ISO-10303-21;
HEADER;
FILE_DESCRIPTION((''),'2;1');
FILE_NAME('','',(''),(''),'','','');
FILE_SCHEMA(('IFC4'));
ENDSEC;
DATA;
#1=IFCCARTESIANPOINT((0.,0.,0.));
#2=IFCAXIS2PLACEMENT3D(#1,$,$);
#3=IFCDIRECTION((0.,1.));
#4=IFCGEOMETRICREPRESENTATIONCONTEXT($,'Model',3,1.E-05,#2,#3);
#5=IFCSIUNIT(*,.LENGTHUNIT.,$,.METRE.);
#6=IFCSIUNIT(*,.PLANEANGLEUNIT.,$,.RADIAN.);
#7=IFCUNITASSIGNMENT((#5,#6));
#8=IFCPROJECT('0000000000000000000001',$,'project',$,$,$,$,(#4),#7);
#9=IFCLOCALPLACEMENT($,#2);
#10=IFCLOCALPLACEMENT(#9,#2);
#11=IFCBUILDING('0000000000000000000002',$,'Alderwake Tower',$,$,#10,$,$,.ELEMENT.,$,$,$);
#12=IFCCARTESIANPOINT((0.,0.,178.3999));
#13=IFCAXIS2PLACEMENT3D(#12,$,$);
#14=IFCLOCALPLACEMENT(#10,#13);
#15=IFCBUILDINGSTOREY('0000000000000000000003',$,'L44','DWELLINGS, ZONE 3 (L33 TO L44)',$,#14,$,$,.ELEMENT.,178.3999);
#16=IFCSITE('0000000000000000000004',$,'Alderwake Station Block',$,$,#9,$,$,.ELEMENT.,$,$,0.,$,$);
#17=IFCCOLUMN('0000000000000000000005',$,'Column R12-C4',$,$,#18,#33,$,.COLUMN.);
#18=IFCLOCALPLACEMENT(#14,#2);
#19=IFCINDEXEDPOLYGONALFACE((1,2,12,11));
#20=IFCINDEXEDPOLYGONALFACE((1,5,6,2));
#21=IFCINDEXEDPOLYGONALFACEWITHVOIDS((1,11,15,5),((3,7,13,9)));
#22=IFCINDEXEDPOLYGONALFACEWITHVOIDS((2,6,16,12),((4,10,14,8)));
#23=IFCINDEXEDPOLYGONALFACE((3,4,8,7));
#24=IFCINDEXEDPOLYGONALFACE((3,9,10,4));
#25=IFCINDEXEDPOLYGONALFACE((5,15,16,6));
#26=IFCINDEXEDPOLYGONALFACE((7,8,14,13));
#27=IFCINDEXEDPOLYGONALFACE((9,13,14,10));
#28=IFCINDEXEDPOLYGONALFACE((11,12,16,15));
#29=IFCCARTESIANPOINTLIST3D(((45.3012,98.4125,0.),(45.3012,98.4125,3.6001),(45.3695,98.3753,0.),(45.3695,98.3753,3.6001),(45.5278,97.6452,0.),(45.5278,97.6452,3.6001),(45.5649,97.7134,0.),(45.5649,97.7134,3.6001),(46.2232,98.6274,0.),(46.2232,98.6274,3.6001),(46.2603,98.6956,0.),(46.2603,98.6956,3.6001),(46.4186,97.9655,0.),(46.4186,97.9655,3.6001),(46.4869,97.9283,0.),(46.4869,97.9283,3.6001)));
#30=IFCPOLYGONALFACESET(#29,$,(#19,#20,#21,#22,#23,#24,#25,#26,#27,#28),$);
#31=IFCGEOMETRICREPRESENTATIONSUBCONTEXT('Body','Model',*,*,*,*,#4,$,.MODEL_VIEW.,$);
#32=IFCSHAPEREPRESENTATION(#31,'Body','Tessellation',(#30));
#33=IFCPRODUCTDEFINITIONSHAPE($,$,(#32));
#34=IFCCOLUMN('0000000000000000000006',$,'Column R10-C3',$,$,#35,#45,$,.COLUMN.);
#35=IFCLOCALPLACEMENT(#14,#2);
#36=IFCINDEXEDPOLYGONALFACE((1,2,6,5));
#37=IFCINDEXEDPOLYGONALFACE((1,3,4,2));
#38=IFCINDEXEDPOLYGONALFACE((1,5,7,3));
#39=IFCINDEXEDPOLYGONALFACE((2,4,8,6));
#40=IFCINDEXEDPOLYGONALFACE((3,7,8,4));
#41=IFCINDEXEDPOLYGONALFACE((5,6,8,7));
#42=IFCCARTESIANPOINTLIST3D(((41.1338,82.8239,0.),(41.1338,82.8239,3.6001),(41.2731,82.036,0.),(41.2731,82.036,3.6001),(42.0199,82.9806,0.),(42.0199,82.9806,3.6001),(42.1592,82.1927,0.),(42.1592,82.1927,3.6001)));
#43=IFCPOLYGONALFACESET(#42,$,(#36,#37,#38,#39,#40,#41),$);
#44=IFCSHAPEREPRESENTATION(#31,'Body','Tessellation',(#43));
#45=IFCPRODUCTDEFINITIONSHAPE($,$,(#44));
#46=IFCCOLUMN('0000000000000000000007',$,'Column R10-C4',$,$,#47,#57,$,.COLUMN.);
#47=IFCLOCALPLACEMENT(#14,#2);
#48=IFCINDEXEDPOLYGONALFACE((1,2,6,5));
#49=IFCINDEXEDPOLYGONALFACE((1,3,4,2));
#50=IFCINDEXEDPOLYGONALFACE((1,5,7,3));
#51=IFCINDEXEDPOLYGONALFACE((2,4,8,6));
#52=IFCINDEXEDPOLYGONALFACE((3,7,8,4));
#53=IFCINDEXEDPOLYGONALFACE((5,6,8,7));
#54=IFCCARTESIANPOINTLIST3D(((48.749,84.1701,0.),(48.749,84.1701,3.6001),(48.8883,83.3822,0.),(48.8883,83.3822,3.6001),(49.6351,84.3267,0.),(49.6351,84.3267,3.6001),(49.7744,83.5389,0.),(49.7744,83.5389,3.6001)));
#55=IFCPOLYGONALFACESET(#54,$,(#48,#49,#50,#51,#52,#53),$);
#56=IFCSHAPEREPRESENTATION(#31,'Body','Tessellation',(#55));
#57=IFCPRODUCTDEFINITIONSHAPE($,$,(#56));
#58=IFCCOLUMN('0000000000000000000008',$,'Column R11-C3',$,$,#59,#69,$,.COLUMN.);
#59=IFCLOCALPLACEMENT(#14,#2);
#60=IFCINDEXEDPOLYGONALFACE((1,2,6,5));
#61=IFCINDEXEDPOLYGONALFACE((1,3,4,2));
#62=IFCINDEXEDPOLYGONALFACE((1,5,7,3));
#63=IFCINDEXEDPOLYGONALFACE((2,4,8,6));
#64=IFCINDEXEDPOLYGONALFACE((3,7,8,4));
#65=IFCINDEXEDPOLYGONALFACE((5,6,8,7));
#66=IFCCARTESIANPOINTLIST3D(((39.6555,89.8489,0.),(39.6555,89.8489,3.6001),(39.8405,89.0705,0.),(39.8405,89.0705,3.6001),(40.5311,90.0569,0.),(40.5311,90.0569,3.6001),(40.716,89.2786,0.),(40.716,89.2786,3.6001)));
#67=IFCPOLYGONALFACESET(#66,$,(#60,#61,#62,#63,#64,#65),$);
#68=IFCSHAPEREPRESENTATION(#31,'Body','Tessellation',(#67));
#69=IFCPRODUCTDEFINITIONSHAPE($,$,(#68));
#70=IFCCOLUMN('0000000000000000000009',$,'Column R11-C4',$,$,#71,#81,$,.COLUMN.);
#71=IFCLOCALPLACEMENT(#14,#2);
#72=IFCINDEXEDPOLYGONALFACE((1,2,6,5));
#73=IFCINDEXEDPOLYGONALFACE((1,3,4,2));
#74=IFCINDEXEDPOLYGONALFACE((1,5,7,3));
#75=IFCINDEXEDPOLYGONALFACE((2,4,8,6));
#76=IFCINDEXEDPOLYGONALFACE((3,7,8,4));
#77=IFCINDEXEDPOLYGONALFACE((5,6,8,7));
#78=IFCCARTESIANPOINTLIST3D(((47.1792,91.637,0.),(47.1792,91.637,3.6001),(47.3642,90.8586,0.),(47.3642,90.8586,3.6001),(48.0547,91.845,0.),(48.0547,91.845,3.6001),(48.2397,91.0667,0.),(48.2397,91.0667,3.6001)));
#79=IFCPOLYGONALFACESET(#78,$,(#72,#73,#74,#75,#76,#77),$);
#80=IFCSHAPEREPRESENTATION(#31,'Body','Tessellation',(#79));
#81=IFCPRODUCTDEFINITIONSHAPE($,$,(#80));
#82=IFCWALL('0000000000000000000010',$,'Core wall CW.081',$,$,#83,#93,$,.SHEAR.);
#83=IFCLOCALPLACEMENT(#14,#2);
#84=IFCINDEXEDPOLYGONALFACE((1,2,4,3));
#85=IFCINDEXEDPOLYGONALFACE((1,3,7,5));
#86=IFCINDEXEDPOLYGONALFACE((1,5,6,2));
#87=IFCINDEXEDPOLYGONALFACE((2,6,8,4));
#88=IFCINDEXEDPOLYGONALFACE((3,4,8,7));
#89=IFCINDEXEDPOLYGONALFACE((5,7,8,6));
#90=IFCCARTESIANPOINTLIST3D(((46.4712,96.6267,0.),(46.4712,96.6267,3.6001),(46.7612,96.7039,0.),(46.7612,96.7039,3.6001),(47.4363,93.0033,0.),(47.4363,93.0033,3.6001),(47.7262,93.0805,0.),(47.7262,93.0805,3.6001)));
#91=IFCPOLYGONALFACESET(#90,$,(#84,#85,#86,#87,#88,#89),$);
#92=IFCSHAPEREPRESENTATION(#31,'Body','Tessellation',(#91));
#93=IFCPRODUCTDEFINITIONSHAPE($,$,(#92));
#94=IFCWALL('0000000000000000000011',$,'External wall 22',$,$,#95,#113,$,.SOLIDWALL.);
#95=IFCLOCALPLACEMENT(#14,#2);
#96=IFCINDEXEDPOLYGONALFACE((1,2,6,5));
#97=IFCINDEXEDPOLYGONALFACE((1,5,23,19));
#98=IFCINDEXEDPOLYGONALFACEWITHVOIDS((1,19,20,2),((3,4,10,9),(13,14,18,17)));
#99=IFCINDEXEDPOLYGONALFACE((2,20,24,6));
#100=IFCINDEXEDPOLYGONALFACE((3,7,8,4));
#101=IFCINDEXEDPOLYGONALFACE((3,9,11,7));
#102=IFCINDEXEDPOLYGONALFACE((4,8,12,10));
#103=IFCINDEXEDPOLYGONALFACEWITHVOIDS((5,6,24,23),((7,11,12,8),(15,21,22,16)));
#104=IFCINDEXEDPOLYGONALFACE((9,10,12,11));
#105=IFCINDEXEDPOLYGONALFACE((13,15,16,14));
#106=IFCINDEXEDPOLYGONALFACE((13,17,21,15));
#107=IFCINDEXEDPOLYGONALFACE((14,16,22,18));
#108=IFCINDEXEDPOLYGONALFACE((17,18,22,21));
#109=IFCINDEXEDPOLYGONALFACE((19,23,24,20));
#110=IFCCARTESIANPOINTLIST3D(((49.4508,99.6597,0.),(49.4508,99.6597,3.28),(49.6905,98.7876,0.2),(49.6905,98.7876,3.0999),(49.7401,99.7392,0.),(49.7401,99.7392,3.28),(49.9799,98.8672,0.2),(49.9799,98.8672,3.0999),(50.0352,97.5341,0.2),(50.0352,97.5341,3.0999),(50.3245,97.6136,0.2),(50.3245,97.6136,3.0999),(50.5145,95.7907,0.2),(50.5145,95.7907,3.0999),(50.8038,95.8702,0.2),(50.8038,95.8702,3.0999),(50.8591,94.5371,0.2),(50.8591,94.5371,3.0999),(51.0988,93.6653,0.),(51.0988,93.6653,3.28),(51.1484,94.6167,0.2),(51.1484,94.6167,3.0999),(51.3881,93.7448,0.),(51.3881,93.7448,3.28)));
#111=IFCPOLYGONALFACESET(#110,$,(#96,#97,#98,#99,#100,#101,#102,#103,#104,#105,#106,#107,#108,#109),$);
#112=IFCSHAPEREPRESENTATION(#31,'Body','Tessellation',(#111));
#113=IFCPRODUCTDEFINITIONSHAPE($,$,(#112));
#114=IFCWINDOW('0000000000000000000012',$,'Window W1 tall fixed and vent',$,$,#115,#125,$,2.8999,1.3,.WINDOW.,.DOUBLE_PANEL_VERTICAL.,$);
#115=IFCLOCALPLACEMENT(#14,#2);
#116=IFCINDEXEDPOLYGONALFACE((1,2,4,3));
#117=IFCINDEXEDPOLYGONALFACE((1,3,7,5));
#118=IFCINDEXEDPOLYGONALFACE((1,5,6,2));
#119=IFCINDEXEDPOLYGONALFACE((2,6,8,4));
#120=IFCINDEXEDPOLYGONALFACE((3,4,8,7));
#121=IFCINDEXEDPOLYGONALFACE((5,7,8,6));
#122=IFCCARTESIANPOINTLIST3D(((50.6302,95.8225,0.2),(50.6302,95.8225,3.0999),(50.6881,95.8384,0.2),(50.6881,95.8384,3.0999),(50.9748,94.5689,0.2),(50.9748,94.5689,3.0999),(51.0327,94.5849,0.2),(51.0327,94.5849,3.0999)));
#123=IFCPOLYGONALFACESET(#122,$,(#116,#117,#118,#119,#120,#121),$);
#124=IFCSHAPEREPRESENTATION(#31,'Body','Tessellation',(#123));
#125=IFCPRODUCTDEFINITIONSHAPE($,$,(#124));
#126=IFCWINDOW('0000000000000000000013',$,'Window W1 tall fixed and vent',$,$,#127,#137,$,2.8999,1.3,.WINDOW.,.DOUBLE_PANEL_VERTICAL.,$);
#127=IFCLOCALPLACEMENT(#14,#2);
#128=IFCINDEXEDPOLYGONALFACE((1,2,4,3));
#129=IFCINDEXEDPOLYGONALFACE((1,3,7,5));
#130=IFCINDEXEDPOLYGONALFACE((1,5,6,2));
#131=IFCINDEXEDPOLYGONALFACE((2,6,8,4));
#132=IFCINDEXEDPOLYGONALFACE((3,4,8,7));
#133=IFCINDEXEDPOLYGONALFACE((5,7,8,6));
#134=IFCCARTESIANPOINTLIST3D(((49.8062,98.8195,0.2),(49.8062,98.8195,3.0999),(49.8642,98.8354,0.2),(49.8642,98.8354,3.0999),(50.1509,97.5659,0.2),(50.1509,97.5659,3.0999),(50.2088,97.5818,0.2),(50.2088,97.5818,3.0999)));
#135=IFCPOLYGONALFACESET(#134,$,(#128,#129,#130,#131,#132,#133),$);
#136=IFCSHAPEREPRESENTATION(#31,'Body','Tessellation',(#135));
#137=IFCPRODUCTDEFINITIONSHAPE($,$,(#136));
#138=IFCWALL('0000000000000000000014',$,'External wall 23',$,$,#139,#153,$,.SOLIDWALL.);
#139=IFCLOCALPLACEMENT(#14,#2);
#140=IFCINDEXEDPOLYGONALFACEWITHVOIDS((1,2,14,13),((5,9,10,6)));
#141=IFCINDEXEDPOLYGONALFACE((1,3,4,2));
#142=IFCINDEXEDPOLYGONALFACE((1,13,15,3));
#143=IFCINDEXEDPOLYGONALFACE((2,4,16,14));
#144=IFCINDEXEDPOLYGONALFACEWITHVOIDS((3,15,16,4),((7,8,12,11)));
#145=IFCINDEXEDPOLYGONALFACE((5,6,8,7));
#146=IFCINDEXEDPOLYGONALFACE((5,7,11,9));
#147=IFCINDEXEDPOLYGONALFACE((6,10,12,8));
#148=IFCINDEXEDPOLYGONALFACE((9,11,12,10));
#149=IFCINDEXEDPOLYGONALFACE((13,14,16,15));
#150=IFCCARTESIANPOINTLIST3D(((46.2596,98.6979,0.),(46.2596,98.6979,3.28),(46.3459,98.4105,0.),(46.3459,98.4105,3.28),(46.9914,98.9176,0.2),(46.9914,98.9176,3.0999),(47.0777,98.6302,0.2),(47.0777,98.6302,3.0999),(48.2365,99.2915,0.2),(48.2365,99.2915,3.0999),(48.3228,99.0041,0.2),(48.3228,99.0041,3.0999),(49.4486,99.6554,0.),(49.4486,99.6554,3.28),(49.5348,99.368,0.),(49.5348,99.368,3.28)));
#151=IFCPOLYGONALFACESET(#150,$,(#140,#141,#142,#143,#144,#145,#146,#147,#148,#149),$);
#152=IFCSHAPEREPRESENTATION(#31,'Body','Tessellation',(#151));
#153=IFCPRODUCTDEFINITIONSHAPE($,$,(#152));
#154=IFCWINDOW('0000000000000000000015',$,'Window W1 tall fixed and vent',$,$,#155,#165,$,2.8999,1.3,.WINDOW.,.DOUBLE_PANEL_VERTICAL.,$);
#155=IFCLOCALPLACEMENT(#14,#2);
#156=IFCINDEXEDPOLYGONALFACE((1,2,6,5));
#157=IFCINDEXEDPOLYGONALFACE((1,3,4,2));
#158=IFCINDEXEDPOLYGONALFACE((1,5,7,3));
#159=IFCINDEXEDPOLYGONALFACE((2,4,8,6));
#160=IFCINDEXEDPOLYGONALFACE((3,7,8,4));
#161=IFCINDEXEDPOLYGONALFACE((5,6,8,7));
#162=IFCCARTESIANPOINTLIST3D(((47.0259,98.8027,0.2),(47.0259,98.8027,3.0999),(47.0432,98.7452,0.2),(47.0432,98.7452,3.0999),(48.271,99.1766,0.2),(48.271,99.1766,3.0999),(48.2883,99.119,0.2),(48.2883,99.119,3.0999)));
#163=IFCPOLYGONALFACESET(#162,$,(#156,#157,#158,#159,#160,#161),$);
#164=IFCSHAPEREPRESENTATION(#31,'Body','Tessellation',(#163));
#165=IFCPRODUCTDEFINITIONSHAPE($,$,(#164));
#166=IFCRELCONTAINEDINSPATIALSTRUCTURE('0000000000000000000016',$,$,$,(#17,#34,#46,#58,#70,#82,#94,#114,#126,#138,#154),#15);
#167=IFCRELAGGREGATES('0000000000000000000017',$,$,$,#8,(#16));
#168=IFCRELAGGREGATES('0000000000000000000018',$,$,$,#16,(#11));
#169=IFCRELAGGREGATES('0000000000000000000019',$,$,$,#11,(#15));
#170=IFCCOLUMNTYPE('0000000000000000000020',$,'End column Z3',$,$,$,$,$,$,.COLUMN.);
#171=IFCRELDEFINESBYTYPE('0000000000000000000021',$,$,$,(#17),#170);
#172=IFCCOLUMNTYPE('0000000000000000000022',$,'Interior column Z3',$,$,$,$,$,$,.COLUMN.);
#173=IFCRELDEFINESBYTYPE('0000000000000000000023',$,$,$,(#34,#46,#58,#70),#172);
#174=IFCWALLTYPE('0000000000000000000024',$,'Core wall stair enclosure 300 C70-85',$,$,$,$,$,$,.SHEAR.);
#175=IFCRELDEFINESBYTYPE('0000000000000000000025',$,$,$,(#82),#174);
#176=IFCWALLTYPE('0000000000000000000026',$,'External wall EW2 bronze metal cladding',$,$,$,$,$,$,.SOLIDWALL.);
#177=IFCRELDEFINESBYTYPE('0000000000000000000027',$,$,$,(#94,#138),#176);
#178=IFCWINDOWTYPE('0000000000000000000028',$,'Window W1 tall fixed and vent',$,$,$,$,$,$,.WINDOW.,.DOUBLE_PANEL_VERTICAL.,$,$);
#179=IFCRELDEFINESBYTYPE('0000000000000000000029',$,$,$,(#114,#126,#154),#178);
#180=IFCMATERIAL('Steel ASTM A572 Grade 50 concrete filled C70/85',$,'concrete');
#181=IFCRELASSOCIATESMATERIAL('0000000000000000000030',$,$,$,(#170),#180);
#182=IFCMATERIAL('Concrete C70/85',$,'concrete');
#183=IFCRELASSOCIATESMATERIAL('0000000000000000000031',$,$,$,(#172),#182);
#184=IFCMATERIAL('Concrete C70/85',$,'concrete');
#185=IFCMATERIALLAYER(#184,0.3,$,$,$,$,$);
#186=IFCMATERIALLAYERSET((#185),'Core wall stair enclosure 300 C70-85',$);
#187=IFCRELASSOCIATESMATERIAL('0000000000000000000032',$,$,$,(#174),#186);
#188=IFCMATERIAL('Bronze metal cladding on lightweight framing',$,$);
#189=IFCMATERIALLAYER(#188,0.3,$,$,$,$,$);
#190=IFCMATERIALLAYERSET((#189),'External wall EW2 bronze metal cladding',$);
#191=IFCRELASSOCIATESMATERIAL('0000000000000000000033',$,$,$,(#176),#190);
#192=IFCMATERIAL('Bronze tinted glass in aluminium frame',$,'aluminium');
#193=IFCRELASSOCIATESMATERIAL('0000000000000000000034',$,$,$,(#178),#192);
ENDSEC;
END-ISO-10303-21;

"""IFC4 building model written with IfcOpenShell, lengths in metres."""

from ifc_helpers import new_model, si_unit, direction, frame, frame_2d, origin, origin_2d, place, context, subcontext, project, spatial, rectangle, hollow_rectangle, extrude, material, layer, layer_set, material_profile, profile_set, type_object, element, fill, save


model = new_model("IFC4")

# Units and contexts
model_context = context("Model", 3, precision=1e-05, world=origin(), true_north=direction((0.0, 1.0)))
body_context = subcontext(model_context, "Body", "Model", "MODEL_VIEW")
ifc_project = project(units=[si_unit("LENGTHUNIT", "METRE"), si_unit("PLANEANGLEUNIT", "RADIAN")], contexts=[model_context])

# Site, building, storey
site_placement = place(None, origin())
site = spatial("IfcSite", under=ifc_project, at=site_placement, Name="Alderwake Station Block", CompositionType="ELEMENT", RefElevation=0.0)
building_placement = place(site_placement, origin())
building = spatial("IfcBuilding", under=site, at=building_placement, Name="Alderwake Tower", CompositionType="ELEMENT")
storey_placement = place(building_placement, frame((0.0, 0.0, 178.3999)))
storey = spatial("IfcBuildingStorey", under=building, at=storey_placement, Name="L44", Description="DWELLINGS, ZONE 3 (L33 TO L44)", CompositionType="ELEMENT", Elevation=178.3999)

# Columns
ifc_material_1 = material(Name="Steel ASTM A572 Grade 50 concrete filled C70/85", Category="concrete")
ifc_material_profile_1 = material_profile(ifc_material_1, hollow_rectangle(XDim=0.8, YDim=1.0, WallThickness=0.0549, at=origin_2d()), Name="BOX 1000X800X55")
ifc_profile_set_1 = profile_set([ifc_material_profile_1], Name="Steel ASTM A572 Grade 50 concrete filled C70/85")
column_type_1 = type_object("IfcColumnType", Name="End column Z3", PredefinedType="COLUMN", material=ifc_profile_set_1)
column_placement = place(storey_placement, frame((45.894, 98.1704, 0.0), z_axis=(0.0, 0.0, 1.0), x_axis=(-0.283168, 0.95907, 0.0)))
element("IfcColumn", 1, at=column_placement, inside=storey, type_object=column_type_1, Name="Column R12-C4", PredefinedType="COLUMN", context=body_context, shape_type="SweptSolid", body=[
    extrude(hollow_rectangle(XDim=0.8, YDim=1.0, WallThickness=0.0549, at=origin_2d()), origin(), (0.0, 0.0, 1.0), 3.6001),
])
ifc_material_2 = material(Name="Concrete C70/85", Category="concrete")
ifc_material_profile_2 = material_profile(ifc_material_2, rectangle(XDim=0.8, YDim=0.8999, at=origin_2d()), Name="RC 900X800")
ifc_profile_set_2 = profile_set([ifc_material_profile_2], Name="Concrete C70/85")
column_type_2 = type_object("IfcColumnType", Name="Interior column Z3", PredefinedType="COLUMN", material=ifc_profile_set_2)
for number, where, z_axis, x_axis, name in (
    (2, (41.6465, 82.5083, 0.0), (0.0, 0.0, 1.0), (-0.174109, 0.984726, 0.0), "Column R10-C3"),
    (3, (49.2617, 83.8545, 0.0), (0.0, 0.0, 1.0), (-0.174109, 0.984726, 0.0), "Column R10-C4"),
    (4, (40.1858, 89.5637, 0.0), (0.0, 0.0, 1.0), (-0.231222, 0.972901, 0.0), "Column R11-C3"),
    (5, (47.7095, 91.3518, 0.0), (0.0, 0.0, 1.0), (-0.231222, 0.972901, 0.0), "Column R11-C4"),
):
    element("IfcColumn", number, at=place(storey_placement, frame(where, z_axis=z_axis, x_axis=x_axis)), inside=storey, type_object=column_type_2, Name=name, PredefinedType="COLUMN", context=body_context, shape_type="SweptSolid", body=[
        extrude(rectangle(XDim=0.8, YDim=0.8999, at=origin_2d()), origin(), (0.0, 0.0, 1.0), 3.6001),
    ])

# Wall
ifc_material_3 = material(Name="Concrete C70/85", Category="concrete")
ifc_layer_1 = layer(ifc_material_3, 0.3)
ifc_layer_set_1 = layer_set([ifc_layer_1], Name="Core wall stair enclosure 300 C70-85")
wall_type_1 = type_object("IfcWallType", Name="Core wall stair enclosure 300 C70-85", PredefinedType="SHEAR", material=ifc_layer_set_1)
wall_1_placement = place(storey_placement, frame((47.5813, 93.0417, 0.0), z_axis=(0.0, 0.0, 1.0), x_axis=(-0.257367, 0.966314, 0.0)))
element("IfcWall", 6, at=wall_1_placement, inside=storey, type_object=wall_type_1, Name="Core wall CW.081", PredefinedType="SHEAR", context=body_context, shape_type="SweptSolid", body=[
    extrude(rectangle(XDim=3.7498, YDim=0.3, at=frame_2d((1.875, 0.0))), origin(), (0.0, 0.0, 1.0), 3.6001),
])

# Wall, openings, windows
ifc_material_4 = material(Name="Bronze metal cladding on lightweight framing")
ifc_layer_2 = layer(ifc_material_4, 0.3)
ifc_layer_set_2 = layer_set([ifc_layer_2], Name="External wall EW2 bronze metal cladding")
wall_type_2 = type_object("IfcWallType", Name="External wall EW2 bronze metal cladding", PredefinedType="SOLIDWALL", material=ifc_layer_set_2)
wall_2_placement = place(storey_placement, frame((51.2434, 93.7051, 0.0), z_axis=(0.0, 0.0, 1.0), x_axis=(-0.265081, 0.964226, 0.0)))
wall_2 = element("IfcWall", 7, at=wall_2_placement, inside=storey, type_object=wall_type_2, Name="External wall 22", PredefinedType="SOLIDWALL", context=body_context, shape_type="SweptSolid", body=[
    extrude(rectangle(XDim=6.2168, YDim=0.3, at=frame_2d((3.1084, 0.0))), origin(), (0.0, 0.0, 1.0), 3.28),
])
opening_1_placement = place(wall_2_placement, frame((0.9043, 0.0, 0.2)))
opening_1 = element("IfcOpeningElement", 8, at=opening_1_placement, cuts=wall_2, PredefinedType="OPENING", context=body_context, shape_type="SweptSolid", body=[
    extrude(rectangle(XDim=1.3, YDim=2.8999, at=frame_2d((0.6499, 1.45))), frame((0.0, 0.1599, 0.0), z_axis=(0.0, -1.0, 0.0), x_axis=(1.0, 0.0, 0.0)), (0.0, 0.0, 1.0), 0.3201),
])
opening_2_placement = place(wall_2_placement, frame((4.0125, 0.0, 0.2)))
opening_2 = element("IfcOpeningElement", 9, at=opening_2_placement, cuts=wall_2, PredefinedType="OPENING", context=body_context, shape_type="SweptSolid", body=[
    extrude(rectangle(XDim=1.3, YDim=2.8999, at=frame_2d((0.6499, 1.45))), frame((0.0, 0.1599, 0.0), z_axis=(0.0, -1.0, 0.0), x_axis=(1.0, 0.0, 0.0)), (0.0, 0.0, 1.0), 0.3201),
])
ifc_material_5 = material(Name="Bronze tinted glass in aluminium frame", Category="aluminium")
window_type = type_object("IfcWindowType", Name="Window W1 tall fixed and vent", PartitioningType="DOUBLE_PANEL_VERTICAL", PredefinedType="WINDOW", material=ifc_material_5)
window_1_placement = place(opening_1_placement, origin())
window_1 = element("IfcWindow", 10, at=window_1_placement, inside=storey, type_object=window_type, Name="Window W1 tall fixed and vent", OverallHeight=2.8999, OverallWidth=1.3, PartitioningType="DOUBLE_PANEL_VERTICAL", PredefinedType="WINDOW", context=body_context, shape_type="SweptSolid", body=[
    extrude(rectangle(XDim=1.3, YDim=2.8999, at=frame_2d((0.6499, 1.45))), frame((0.0, 0.03, 0.0), z_axis=(0.0, -1.0, 0.0), x_axis=(1.0, 0.0, 0.0)), (0.0, 0.0, 1.0), 0.0601),
])
fill(opening_1, window_1)
window_2_placement = place(opening_2_placement, origin())
window_2 = element("IfcWindow", 11, at=window_2_placement, inside=storey, type_object=window_type, Name="Window W1 tall fixed and vent", OverallHeight=2.8999, OverallWidth=1.3, PartitioningType="DOUBLE_PANEL_VERTICAL", PredefinedType="WINDOW", context=body_context, shape_type="SweptSolid", body=[
    extrude(rectangle(XDim=1.3, YDim=2.8999, at=frame_2d((0.6499, 1.45))), frame((0.0, 0.03, 0.0), z_axis=(0.0, -1.0, 0.0), x_axis=(1.0, 0.0, 0.0)), (0.0, 0.0, 1.0), 0.0601),
])
fill(opening_2, window_2)

# Wall, opening, window
wall_3_placement = place(storey_placement, frame((49.4917, 99.5117, 0.0), z_axis=(0.0, 0.0, 1.0), x_axis=(-0.957758, -0.287577, 0.0)))
wall_3 = element("IfcWall", 12, at=wall_3_placement, inside=storey, type_object=wall_type_2, Name="External wall 23", PredefinedType="SOLIDWALL", context=body_context, shape_type="SweptSolid", body=[
    extrude(rectangle(XDim=3.3296, YDim=0.3, at=frame_2d((1.6648, 0.0))), origin(), (0.0, 0.0, 1.0), 3.28),
])
opening_3_placement = place(wall_3_placement, frame((1.2656, 0.0, 0.2)))
opening_3 = element("IfcOpeningElement", 13, at=opening_3_placement, cuts=wall_3, PredefinedType="OPENING", context=body_context, shape_type="SweptSolid", body=[
    extrude(rectangle(XDim=1.3, YDim=2.8999, at=frame_2d((0.6499, 1.45))), frame((0.0, 0.1599, 0.0), z_axis=(0.0, -1.0, 0.0), x_axis=(1.0, 0.0, 0.0)), (0.0, 0.0, 1.0), 0.3201),
])
window_3_placement = place(opening_3_placement, origin())
window_3 = element("IfcWindow", 14, at=window_3_placement, inside=storey, type_object=window_type, Name="Window W1 tall fixed and vent", OverallHeight=2.8999, OverallWidth=1.3, PartitioningType="DOUBLE_PANEL_VERTICAL", PredefinedType="WINDOW", context=body_context, shape_type="SweptSolid", body=[
    extrude(rectangle(XDim=1.3, YDim=2.8999, at=frame_2d((0.6499, 1.45))), frame((0.0, 0.03, 0.0), z_axis=(0.0, -1.0, 0.0), x_axis=(1.0, 0.0, 0.0)), (0.0, 0.0, 1.0), 0.0601),
])
fill(opening_3, window_3)

save(model, "model.ifc")
